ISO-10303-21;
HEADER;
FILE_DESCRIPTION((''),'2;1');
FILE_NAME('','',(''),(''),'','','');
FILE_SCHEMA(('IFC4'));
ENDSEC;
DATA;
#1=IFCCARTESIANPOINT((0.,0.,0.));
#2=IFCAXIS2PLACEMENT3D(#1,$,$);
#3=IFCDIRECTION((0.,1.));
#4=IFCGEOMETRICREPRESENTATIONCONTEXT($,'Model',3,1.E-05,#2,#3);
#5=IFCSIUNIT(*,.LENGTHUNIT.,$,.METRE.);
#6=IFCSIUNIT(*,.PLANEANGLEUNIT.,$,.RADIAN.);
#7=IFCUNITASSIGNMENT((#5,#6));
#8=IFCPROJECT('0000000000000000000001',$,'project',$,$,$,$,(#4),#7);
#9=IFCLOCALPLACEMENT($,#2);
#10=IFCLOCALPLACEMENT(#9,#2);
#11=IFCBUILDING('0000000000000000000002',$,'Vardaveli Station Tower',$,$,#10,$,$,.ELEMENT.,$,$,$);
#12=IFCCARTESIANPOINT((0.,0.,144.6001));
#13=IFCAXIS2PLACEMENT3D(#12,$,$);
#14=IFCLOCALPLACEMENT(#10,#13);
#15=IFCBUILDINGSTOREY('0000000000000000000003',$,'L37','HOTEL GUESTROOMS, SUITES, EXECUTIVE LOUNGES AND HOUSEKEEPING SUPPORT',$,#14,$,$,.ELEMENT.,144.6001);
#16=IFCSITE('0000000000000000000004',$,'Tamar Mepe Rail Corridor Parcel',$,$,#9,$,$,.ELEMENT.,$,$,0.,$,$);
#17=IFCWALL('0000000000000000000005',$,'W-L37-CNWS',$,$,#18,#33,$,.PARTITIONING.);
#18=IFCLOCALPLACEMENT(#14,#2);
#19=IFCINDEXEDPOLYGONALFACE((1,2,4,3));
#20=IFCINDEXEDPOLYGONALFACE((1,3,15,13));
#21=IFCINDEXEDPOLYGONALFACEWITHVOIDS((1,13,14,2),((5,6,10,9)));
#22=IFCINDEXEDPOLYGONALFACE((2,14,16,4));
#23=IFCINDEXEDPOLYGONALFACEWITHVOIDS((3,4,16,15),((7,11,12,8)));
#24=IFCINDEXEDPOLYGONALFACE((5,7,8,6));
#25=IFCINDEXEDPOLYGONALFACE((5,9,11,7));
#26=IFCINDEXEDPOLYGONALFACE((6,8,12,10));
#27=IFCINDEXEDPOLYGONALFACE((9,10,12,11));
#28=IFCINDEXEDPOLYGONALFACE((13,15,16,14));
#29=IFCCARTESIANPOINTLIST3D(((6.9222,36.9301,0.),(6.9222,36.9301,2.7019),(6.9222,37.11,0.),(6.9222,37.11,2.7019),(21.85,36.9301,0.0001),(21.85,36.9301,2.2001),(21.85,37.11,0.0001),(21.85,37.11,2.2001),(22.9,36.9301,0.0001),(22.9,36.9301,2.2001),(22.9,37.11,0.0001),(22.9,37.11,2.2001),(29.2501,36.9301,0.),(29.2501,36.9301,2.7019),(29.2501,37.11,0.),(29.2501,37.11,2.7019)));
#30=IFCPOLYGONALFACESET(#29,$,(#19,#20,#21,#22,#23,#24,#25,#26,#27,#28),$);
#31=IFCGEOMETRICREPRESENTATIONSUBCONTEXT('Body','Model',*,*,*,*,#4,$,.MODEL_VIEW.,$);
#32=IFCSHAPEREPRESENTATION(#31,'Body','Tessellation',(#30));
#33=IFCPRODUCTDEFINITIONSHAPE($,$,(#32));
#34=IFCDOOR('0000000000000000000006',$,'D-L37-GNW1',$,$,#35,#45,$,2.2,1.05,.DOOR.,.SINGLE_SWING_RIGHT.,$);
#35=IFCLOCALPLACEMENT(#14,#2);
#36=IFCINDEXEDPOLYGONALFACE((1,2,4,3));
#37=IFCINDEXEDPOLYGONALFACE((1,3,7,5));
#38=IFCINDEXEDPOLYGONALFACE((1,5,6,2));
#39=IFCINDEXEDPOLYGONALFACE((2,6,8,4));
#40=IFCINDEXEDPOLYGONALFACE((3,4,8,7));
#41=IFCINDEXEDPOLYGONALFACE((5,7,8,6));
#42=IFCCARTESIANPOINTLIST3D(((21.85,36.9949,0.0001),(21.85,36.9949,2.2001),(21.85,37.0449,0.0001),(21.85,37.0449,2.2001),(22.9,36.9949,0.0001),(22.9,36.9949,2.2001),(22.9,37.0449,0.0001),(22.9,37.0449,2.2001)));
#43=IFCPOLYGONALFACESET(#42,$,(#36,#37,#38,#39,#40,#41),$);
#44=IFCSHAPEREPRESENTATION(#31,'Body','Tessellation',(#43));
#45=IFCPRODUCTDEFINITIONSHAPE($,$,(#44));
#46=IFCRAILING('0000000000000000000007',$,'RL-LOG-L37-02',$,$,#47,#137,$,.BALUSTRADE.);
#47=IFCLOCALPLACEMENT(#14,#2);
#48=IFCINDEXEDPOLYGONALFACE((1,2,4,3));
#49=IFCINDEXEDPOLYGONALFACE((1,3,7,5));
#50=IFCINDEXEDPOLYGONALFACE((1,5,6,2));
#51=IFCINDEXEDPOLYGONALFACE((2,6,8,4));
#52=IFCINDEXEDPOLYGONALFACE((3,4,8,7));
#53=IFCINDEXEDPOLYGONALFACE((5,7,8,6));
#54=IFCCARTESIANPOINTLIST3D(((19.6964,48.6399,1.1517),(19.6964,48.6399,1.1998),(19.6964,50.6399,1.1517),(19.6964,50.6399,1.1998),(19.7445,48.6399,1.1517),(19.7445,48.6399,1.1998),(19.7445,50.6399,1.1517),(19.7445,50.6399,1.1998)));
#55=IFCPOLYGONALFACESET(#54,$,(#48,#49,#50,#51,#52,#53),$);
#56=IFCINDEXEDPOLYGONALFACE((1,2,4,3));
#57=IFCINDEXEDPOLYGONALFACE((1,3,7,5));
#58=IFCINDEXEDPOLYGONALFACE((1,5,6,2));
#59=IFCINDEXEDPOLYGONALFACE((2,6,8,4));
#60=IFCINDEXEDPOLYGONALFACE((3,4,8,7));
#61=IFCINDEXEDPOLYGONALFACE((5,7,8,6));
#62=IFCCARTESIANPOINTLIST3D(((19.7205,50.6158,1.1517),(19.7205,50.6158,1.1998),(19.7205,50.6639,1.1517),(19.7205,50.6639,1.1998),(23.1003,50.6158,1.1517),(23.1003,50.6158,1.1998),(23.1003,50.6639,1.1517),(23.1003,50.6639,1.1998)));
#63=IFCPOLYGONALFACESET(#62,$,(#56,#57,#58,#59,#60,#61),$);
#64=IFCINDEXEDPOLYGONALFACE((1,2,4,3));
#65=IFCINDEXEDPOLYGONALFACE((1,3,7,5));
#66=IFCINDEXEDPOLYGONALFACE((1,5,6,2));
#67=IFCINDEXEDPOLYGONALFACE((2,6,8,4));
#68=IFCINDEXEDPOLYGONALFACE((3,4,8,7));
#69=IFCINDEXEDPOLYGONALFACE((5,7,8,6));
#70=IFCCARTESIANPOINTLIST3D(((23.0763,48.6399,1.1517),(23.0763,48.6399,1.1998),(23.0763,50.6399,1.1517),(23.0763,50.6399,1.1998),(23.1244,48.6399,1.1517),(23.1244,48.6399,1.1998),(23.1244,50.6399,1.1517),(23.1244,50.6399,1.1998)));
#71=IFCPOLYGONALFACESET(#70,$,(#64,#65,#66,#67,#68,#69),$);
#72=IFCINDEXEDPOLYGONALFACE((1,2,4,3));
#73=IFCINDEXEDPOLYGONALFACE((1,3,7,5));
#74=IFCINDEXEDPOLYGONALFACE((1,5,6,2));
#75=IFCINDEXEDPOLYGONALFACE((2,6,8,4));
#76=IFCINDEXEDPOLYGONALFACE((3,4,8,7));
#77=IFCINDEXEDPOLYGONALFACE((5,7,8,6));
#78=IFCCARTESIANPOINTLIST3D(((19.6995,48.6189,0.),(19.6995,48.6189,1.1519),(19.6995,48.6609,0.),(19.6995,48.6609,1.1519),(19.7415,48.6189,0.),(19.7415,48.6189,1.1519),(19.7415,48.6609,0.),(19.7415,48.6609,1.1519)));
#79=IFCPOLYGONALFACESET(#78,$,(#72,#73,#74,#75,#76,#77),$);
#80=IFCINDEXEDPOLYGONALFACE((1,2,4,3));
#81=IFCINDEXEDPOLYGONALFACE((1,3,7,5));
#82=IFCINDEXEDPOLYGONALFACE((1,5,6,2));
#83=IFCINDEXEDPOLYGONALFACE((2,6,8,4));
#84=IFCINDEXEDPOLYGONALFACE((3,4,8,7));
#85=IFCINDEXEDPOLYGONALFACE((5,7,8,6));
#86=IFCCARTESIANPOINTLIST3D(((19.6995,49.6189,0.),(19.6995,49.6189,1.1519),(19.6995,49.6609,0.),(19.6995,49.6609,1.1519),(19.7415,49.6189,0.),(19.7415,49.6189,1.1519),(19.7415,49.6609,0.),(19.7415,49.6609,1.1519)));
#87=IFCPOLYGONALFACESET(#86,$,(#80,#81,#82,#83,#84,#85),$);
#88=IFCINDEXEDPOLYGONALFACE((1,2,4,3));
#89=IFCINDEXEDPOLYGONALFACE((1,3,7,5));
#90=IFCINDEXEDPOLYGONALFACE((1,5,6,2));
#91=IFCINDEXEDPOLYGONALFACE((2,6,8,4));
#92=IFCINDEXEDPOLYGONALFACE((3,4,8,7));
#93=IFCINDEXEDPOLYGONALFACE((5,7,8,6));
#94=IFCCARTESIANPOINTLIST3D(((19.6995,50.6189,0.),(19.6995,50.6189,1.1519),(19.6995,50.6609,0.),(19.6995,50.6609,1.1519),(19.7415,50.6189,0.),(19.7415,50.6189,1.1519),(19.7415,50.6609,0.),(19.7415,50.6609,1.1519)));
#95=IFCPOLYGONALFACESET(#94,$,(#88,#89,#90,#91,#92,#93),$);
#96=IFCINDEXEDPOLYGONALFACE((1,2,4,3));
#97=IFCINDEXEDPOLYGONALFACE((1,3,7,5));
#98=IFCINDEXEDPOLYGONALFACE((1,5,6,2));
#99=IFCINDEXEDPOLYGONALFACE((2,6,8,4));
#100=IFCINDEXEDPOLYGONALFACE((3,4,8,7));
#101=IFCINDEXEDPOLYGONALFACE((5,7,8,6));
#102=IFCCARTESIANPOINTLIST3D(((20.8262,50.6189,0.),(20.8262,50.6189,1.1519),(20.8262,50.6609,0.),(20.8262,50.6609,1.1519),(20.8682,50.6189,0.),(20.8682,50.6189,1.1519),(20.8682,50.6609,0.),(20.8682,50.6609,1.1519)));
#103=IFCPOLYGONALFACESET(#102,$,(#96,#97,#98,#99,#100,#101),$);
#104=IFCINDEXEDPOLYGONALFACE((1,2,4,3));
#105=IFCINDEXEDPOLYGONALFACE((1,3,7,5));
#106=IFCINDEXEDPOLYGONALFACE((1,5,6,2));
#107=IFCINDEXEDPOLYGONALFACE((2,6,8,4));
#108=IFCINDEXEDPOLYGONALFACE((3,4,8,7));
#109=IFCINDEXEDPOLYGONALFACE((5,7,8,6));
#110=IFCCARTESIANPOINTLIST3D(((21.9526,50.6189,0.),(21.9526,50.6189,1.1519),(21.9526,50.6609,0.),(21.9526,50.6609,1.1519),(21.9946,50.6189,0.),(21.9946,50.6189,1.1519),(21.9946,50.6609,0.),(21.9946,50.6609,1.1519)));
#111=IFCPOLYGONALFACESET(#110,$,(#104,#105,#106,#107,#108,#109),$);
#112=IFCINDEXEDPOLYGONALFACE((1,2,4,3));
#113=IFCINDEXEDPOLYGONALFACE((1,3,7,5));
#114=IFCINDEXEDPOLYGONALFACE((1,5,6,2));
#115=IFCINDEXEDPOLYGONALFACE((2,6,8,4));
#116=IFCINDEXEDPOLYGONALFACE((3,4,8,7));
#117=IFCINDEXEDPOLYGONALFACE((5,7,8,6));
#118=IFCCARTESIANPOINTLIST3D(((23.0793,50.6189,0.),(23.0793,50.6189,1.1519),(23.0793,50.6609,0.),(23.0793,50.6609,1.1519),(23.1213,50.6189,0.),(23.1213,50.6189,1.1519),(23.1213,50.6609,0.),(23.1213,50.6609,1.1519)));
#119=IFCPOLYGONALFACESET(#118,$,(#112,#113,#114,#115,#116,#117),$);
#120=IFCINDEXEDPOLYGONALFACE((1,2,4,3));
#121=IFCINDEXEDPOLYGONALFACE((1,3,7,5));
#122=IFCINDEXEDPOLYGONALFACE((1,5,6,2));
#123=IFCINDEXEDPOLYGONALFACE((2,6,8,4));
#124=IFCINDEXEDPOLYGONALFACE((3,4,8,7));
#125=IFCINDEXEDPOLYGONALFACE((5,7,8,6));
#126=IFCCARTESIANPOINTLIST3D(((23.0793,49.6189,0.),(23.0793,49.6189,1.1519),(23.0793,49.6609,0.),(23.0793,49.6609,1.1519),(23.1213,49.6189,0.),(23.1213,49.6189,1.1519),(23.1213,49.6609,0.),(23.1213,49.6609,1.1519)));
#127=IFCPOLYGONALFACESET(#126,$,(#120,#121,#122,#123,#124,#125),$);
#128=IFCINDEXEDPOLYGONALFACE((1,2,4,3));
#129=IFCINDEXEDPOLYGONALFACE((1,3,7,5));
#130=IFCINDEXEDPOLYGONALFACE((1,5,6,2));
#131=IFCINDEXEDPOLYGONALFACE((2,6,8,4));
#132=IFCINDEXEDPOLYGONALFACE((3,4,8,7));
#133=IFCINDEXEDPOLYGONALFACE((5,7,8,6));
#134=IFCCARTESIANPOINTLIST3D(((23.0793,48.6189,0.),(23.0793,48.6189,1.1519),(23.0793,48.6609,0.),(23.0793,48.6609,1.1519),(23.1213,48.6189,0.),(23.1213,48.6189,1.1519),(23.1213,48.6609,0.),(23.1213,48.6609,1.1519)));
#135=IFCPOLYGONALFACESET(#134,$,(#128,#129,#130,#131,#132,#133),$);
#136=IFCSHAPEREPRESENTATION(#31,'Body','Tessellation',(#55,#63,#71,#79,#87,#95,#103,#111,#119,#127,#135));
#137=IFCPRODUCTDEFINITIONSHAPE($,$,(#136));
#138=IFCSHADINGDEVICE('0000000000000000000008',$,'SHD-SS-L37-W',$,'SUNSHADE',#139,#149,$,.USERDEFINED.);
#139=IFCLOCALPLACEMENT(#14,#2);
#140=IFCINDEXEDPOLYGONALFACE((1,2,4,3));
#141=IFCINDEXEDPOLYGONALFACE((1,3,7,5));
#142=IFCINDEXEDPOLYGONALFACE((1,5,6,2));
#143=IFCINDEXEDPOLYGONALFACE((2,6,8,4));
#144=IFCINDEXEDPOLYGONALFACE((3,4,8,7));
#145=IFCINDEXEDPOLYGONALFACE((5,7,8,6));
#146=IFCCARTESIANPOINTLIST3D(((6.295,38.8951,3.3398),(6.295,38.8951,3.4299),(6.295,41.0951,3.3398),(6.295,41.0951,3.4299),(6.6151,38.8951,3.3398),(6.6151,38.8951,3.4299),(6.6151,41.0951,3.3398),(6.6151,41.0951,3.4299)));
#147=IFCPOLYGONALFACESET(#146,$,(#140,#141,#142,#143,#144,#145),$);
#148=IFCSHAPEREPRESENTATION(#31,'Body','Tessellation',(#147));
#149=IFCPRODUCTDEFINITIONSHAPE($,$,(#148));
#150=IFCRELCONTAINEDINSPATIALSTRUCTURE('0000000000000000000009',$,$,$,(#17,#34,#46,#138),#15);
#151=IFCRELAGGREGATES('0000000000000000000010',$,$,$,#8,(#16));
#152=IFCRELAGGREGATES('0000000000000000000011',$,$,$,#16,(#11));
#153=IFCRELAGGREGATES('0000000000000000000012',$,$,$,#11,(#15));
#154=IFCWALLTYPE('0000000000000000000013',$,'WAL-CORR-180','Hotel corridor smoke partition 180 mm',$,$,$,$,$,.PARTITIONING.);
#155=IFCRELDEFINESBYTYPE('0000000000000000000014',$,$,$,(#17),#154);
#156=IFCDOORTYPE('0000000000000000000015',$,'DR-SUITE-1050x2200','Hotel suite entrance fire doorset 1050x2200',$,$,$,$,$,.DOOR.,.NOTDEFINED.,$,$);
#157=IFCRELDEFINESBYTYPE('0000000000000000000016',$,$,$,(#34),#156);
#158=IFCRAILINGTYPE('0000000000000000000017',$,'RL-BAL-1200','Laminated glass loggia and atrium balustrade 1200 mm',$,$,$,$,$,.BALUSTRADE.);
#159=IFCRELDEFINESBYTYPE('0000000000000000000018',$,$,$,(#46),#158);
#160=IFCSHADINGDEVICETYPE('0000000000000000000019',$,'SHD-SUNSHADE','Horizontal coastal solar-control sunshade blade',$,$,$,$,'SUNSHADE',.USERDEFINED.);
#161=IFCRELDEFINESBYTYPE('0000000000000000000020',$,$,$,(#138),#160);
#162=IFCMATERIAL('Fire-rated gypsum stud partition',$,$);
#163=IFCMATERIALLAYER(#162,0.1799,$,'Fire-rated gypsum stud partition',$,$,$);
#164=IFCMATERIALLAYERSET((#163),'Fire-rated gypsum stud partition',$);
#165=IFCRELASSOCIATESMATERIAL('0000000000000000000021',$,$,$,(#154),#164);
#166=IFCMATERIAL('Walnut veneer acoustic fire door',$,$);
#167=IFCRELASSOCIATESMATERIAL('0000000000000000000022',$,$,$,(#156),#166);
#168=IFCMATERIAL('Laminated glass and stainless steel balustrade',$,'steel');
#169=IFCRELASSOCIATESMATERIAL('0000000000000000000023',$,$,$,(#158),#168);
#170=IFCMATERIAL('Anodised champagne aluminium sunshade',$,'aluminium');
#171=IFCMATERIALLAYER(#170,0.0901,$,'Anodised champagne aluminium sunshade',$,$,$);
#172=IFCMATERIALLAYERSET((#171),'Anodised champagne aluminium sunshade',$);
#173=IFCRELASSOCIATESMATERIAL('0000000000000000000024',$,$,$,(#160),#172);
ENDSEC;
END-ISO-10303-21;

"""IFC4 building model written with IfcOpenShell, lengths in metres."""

from ifc_helpers import new_model, si_unit, direction, frame, frame_2d, origin, origin_2d, place, context, subcontext, project, spatial, rectangle, extrude, source, transform, mapped, material, layer, layer_set, type_object, element, fill, save


model = new_model("IFC4")

# Units and contexts
model_context = context("Model", 3, precision=1e-05, world=origin(), true_north=direction((0.0, 1.0)))
body_context = subcontext(model_context, "Body", "Model", "MODEL_VIEW")
ifc_project = project(units=[si_unit("LENGTHUNIT", "METRE"), si_unit("PLANEANGLEUNIT", "RADIAN")], contexts=[model_context])

# Site, building, storey
site_placement = place(None, origin())
site = spatial("IfcSite", under=ifc_project, at=site_placement, Name="Tamar Mepe Rail Corridor Parcel", CompositionType="ELEMENT", RefElevation=0.0)
building_placement = place(site_placement, origin())
building = spatial("IfcBuilding", under=site, at=building_placement, Name="Vardaveli Station Tower", CompositionType="ELEMENT")
storey_placement = place(building_placement, frame((0.0, 0.0, 144.6001)))
storey = spatial("IfcBuildingStorey", under=building, at=storey_placement, Name="L37", Description="HOTEL GUESTROOMS, SUITES, EXECUTIVE LOUNGES AND HOUSEKEEPING SUPPORT", CompositionType="ELEMENT", Elevation=144.6001)

# Wall, opening, door
ifc_material_1 = material(Name="Fire-rated gypsum stud partition")
ifc_layer_1 = layer(ifc_material_1, 0.1799, Name="Fire-rated gypsum stud partition")
ifc_layer_set_1 = layer_set([ifc_layer_1], Name="Fire-rated gypsum stud partition")
wall_type_1 = type_object("IfcWallType", Name="WAL-CORR-180", Description="Hotel corridor smoke partition 180 mm", PredefinedType="PARTITIONING", material=ifc_layer_set_1)
shared_shape_1 = source(origin(), body_context, "Body", "SweptSolid", [
    extrude(rectangle(XDim=22.3279, YDim=0.1799, at=frame_2d((11.1641, 0.0))), origin(), (0.0, 0.0, 1.0), 2.7019),
])
wall_1_placement = place(storey_placement, frame((6.9221, 37.02, 0.0), z_axis=(0.0, 0.0, 1.0), x_axis=(1.0, 0.0, 0.0)))
wall_1 = element("IfcWall", 1, at=wall_1_placement, inside=storey, type_object=wall_type_1, Name="W-L37-CNWS", PredefinedType="PARTITIONING", context=body_context, shape_type="MappedRepresentation", body=[
    mapped(shared_shape_1, transform((0.0, 0.0, 0.0), scale=1.0)),
])
shared_shape_2 = source(origin(), body_context, "Body", "SweptSolid", [
    extrude(rectangle(XDim=1.05, YDim=2.2, at=frame_2d((0.5249, 1.1001))), frame((0.0, 0.1001, 0.0), z_axis=(0.0, -1.0, 0.0), x_axis=(1.0, 0.0, 0.0)), (0.0, 0.0, 1.0), 0.2),
])
opening_1_placement = place(wall_1_placement, frame((14.928, 0.0, 0.0)))
opening_1 = element("IfcOpeningElement", 2, at=opening_1_placement, cuts=wall_1, PredefinedType="OPENING", context=body_context, shape_type="MappedRepresentation", body=[
    mapped(shared_shape_2, transform((0.0, 0.0, 0.0), scale=1.0)),
])
ifc_material_2 = material(Name="Walnut veneer acoustic fire door")
door_type_1 = type_object("IfcDoorType", Name="DR-SUITE-1050x2200", Description="Hotel suite entrance fire doorset 1050x2200", OperationType="NOTDEFINED", PredefinedType="DOOR", material=ifc_material_2)
shared_shape_3 = source(origin(), body_context, "Body", "SweptSolid", [
    extrude(rectangle(XDim=1.05, YDim=2.2, at=frame_2d((0.5249, 1.1001))), frame((0.0, 0.0249, 0.0), z_axis=(0.0, -1.0, 0.0), x_axis=(1.0, 0.0, 0.0)), (0.0, 0.0, 1.0), 0.05),
])
door_1_placement = place(opening_1_placement, origin())
door_1 = element("IfcDoor", 3, at=door_1_placement, inside=storey, type_object=door_type_1, Name="D-L37-GNW1", OperationType="SINGLE_SWING_RIGHT", OverallHeight=2.2, OverallWidth=1.05, PredefinedType="DOOR", context=body_context, shape_type="MappedRepresentation", body=[
    mapped(shared_shape_3, transform((0.0, 0.0, 0.0), scale=1.0)),
])
fill(opening_1, door_1)

# Railing
ifc_material_3 = material(Name="Laminated glass and stainless steel balustrade", Category="steel")
railing_type = type_object("IfcRailingType", Name="RL-BAL-1200", Description="Laminated glass loggia and atrium balustrade 1200 mm", PredefinedType="BALUSTRADE", material=ifc_material_3)
shared_shape_4 = source(origin(), body_context, "Body", "SweptSolid", [
    extrude(rectangle(XDim=0.0481, YDim=0.0481, at=origin_2d()), frame((0.0, 0.0, 1.1758), z_axis=(0.0, 1.0, 0.0), x_axis=(-1.0, 0.0, 0.0)), (0.0, 0.0, 1.0), 2.0),
    extrude(rectangle(XDim=0.0481, YDim=0.0481, at=origin_2d()), frame((0.0, 2.0, 1.1758), z_axis=(1.0, 0.0, 0.0), x_axis=(0.0, 1.0, 0.0)), (0.0, 0.0, 1.0), 3.3799),
    extrude(rectangle(XDim=0.0481, YDim=0.0481, at=origin_2d()), frame((3.3799, 2.0, 1.1758), z_axis=(0.0, -1.0, 0.0), x_axis=(1.0, 0.0, 0.0)), (0.0, 0.0, 1.0), 2.0),
    extrude(rectangle(XDim=0.042, YDim=0.042, at=origin_2d()), origin(), (0.0, 0.0, 1.0), 1.1519),
    extrude(rectangle(XDim=0.042, YDim=0.042, at=origin_2d()), frame((0.0, 1.0, 0.0)), (0.0, 0.0, 1.0), 1.1519),
    extrude(rectangle(XDim=0.042, YDim=0.042, at=origin_2d()), frame((0.0, 2.0, 0.0)), (0.0, 0.0, 1.0), 1.1519),
    extrude(rectangle(XDim=0.042, YDim=0.042, at=origin_2d()), frame((1.1267, 2.0, 0.0)), (0.0, 0.0, 1.0), 1.1519),
    extrude(rectangle(XDim=0.042, YDim=0.042, at=origin_2d()), frame((2.2532, 2.0, 0.0)), (0.0, 0.0, 1.0), 1.1519),
    extrude(rectangle(XDim=0.042, YDim=0.042, at=origin_2d()), frame((3.3799, 2.0, 0.0)), (0.0, 0.0, 1.0), 1.1519),
    extrude(rectangle(XDim=0.042, YDim=0.042, at=origin_2d()), frame((3.3799, 1.0, 0.0)), (0.0, 0.0, 1.0), 1.1519),
    extrude(rectangle(XDim=0.042, YDim=0.042, at=origin_2d()), frame((3.3799, 0.0, 0.0)), (0.0, 0.0, 1.0), 1.1519),
])
railing_placement = place(storey_placement, frame((19.7205, 48.6399, 0.0)))
element("IfcRailing", 4, at=railing_placement, inside=storey, type_object=railing_type, Name="RL-LOG-L37-02", PredefinedType="BALUSTRADE", context=body_context, shape_type="MappedRepresentation", body=[
    mapped(shared_shape_4, transform((0.0, 0.0, 0.0), scale=1.0)),
])

# Shading device
ifc_material_4 = material(Name="Anodised champagne aluminium sunshade", Category="aluminium")
ifc_layer_2 = layer(ifc_material_4, 0.0901, Name="Anodised champagne aluminium sunshade")
ifc_layer_set_2 = layer_set([ifc_layer_2], Name="Anodised champagne aluminium sunshade")
shading_device_type = type_object("IfcShadingDeviceType", Name="SHD-SUNSHADE", Description="Horizontal coastal solar-control sunshade blade", ElementType="SUNSHADE", PredefinedType="USERDEFINED", material=ifc_layer_set_2)
shared_shape_5 = source(origin(), body_context, "Body", "SweptSolid", [
    extrude(rectangle(XDim=2.2, YDim=0.3201, at=origin_2d()), origin(), (0.0, 0.0, 1.0), 0.0901),
])
shading_device_placement = place(storey_placement, frame((6.4551, 39.9951, 3.3398), z_axis=(0.0, 0.0, 1.0), x_axis=(0.0, 1.0, 0.0)))
element("IfcShadingDevice", 5, at=shading_device_placement, inside=storey, type_object=shading_device_type, Name="SHD-SS-L37-W", ObjectType="SUNSHADE", PredefinedType="USERDEFINED", context=body_context, shape_type="MappedRepresentation", body=[
    mapped(shared_shape_5, transform((0.0, 0.0, 0.0), scale=1.0)),
])

save(model, "model.ifc")
